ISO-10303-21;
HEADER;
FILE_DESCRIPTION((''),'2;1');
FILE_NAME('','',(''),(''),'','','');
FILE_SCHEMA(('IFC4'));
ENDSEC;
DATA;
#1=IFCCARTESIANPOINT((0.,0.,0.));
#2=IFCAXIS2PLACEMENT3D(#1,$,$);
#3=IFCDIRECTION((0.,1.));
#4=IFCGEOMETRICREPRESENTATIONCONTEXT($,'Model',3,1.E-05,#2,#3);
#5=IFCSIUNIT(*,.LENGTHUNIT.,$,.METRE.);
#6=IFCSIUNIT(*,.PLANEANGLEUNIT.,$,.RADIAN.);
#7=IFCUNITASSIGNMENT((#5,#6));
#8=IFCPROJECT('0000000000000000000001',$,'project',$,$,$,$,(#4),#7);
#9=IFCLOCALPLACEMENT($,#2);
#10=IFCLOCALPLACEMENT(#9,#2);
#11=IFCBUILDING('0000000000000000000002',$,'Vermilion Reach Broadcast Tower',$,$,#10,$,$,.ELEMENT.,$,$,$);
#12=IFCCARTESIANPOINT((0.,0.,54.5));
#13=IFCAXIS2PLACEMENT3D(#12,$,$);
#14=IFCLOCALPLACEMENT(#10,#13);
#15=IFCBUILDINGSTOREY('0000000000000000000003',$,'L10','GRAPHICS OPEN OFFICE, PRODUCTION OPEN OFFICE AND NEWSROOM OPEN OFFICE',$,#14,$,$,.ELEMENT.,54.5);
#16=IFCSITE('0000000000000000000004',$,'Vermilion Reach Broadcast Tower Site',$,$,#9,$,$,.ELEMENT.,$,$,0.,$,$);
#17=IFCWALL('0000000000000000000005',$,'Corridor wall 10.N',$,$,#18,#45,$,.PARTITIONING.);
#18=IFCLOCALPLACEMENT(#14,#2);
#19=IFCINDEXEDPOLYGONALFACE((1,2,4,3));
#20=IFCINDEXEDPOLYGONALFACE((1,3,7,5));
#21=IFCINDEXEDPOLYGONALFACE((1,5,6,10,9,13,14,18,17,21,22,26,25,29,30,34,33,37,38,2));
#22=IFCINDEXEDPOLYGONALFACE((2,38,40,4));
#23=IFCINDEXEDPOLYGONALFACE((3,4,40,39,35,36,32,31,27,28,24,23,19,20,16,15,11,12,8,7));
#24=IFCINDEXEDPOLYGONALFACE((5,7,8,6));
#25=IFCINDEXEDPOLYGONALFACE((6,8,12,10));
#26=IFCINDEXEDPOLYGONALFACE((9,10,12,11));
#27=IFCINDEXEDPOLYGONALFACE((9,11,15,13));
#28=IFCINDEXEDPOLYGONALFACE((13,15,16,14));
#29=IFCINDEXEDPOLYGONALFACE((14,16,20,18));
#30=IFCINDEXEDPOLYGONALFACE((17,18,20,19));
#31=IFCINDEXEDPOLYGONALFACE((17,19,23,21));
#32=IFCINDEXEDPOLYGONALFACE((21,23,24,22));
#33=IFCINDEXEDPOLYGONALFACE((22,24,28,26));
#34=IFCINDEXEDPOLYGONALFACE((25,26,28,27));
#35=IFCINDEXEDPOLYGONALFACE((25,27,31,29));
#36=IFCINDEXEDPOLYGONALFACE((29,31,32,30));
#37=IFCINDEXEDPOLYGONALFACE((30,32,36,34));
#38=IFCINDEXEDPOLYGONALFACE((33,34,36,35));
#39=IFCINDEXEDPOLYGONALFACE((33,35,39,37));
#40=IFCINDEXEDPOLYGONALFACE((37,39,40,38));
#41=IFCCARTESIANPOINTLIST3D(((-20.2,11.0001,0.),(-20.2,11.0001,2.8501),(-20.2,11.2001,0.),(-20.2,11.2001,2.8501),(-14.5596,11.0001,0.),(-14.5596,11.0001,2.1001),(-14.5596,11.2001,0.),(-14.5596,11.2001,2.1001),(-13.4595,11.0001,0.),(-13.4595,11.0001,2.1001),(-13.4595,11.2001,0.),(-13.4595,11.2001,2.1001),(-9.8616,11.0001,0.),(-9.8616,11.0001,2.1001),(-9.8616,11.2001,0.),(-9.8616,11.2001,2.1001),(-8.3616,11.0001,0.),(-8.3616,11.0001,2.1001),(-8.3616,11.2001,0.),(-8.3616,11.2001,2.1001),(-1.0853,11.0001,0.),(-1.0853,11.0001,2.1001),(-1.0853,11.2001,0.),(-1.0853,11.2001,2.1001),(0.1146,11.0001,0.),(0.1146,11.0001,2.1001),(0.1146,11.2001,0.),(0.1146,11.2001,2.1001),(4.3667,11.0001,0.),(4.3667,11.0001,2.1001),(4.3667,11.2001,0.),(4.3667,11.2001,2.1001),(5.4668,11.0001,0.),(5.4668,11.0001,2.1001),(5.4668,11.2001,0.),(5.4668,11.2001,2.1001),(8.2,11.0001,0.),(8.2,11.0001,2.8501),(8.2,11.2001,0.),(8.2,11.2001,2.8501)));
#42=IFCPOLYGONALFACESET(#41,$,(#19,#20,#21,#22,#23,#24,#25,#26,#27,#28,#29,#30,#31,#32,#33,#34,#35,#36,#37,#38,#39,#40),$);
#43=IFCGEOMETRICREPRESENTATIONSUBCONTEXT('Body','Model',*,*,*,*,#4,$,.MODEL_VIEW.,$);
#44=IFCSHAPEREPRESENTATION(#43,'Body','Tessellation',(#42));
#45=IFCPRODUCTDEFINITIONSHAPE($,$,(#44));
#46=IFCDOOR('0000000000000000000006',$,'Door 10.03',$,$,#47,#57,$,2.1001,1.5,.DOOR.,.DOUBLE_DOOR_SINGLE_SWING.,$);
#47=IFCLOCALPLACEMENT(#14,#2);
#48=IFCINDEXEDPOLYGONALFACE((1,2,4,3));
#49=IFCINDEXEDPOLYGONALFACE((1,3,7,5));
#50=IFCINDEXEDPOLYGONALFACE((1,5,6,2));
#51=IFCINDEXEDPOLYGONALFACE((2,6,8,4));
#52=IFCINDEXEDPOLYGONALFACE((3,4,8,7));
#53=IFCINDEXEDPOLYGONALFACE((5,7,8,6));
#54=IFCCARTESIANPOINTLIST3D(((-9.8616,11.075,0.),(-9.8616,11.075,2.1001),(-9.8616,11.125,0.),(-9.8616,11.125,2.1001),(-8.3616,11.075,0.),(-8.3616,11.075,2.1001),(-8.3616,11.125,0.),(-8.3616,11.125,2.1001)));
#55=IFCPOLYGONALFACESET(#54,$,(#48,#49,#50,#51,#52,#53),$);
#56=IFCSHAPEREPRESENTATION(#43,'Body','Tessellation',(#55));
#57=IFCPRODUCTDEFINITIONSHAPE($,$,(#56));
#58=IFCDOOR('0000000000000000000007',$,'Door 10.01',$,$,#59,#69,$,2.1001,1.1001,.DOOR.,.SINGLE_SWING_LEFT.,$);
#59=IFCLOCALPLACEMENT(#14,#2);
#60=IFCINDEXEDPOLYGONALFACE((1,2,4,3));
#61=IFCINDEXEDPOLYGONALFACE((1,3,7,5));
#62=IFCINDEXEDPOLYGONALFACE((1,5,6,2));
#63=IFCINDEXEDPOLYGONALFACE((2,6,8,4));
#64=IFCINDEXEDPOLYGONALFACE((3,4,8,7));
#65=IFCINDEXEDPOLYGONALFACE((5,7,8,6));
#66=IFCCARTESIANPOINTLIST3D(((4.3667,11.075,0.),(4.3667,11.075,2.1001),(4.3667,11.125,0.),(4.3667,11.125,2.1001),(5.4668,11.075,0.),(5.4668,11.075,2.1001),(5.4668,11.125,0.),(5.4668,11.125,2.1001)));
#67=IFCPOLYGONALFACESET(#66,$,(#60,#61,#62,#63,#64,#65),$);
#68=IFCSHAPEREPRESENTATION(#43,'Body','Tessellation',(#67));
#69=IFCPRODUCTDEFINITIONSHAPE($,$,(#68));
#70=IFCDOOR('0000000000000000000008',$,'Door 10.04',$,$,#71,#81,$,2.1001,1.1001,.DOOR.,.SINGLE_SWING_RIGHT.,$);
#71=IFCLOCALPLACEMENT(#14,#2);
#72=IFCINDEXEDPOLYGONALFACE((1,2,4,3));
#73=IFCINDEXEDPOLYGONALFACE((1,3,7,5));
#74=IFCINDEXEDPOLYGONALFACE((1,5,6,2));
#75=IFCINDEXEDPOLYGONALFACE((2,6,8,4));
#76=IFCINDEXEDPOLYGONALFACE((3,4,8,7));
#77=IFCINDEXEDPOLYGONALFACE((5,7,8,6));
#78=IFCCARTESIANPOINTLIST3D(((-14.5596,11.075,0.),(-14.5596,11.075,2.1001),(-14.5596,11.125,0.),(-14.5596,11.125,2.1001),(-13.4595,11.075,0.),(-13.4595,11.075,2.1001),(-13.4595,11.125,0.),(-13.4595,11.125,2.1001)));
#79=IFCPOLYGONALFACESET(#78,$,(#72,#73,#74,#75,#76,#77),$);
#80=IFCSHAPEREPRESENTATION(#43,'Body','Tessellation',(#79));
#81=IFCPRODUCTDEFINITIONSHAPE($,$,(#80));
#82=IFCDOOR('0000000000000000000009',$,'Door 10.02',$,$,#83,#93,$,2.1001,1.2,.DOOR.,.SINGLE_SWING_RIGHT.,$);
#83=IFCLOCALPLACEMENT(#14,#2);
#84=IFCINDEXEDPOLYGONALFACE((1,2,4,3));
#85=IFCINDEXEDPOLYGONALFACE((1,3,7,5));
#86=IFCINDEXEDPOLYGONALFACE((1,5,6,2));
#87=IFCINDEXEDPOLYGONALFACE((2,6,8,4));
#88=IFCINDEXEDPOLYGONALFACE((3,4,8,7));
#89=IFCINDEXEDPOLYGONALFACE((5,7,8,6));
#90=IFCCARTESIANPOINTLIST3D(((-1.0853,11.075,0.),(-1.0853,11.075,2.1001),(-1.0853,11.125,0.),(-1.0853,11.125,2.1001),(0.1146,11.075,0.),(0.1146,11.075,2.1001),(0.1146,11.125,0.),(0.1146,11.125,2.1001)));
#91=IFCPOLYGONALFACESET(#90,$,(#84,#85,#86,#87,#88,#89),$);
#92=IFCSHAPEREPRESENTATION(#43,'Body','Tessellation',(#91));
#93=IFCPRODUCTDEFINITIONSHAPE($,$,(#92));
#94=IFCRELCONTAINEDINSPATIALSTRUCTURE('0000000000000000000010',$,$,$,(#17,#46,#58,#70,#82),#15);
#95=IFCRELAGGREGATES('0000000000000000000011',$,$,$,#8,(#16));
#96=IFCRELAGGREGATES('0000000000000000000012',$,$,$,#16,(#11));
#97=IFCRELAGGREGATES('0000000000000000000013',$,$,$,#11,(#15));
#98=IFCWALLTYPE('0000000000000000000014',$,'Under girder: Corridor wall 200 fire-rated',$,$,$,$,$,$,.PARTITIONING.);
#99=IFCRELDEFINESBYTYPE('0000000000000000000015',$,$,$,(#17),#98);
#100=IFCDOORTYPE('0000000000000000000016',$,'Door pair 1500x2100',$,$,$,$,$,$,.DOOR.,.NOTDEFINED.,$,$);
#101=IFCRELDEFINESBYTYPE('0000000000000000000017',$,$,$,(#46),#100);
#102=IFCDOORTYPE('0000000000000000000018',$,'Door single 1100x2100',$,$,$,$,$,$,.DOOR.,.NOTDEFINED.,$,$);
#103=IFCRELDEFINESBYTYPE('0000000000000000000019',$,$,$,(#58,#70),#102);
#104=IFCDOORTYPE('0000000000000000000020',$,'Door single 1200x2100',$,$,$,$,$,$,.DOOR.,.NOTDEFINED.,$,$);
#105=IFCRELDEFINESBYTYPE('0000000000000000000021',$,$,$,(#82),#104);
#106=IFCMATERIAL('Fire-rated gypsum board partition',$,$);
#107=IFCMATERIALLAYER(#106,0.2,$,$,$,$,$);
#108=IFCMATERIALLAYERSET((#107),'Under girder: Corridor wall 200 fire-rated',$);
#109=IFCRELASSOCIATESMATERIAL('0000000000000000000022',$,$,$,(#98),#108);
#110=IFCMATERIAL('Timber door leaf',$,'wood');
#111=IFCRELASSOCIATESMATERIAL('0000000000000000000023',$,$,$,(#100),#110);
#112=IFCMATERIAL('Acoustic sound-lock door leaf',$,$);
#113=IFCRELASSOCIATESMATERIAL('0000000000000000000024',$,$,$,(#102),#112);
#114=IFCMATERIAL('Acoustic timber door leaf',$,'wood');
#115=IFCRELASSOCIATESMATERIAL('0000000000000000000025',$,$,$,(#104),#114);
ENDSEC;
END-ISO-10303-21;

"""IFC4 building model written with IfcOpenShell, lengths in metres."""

from ifc_helpers import new_model, si_unit, direction, frame, frame_2d, origin, place, context, subcontext, project, spatial, rectangle, extrude, material, layer, layer_set, type_object, element, fill, save


model = new_model("IFC4")

# Units and contexts
model_context = context("Model", 3, precision=1e-05, world=origin(), true_north=direction((0.0, 1.0)))
body_context = subcontext(model_context, "Body", "Model", "MODEL_VIEW")
ifc_project = project(units=[si_unit("LENGTHUNIT", "METRE"), si_unit("PLANEANGLEUNIT", "RADIAN")], contexts=[model_context])

# Site, building, storey
site_placement = place(None, origin())
site = spatial("IfcSite", under=ifc_project, at=site_placement, Name="Vermilion Reach Broadcast Tower Site", CompositionType="ELEMENT", RefElevation=0.0)
building_placement = place(site_placement, origin())
building = spatial("IfcBuilding", under=site, at=building_placement, Name="Vermilion Reach Broadcast Tower", CompositionType="ELEMENT")
storey_placement = place(building_placement, frame((0.0, 0.0, 54.5)))
storey = spatial("IfcBuildingStorey", under=building, at=storey_placement, Name="L10", Description="GRAPHICS OPEN OFFICE, PRODUCTION OPEN OFFICE AND NEWSROOM OPEN OFFICE", CompositionType="ELEMENT", Elevation=54.5)

# Wall, openings, doors
ifc_material_1 = material(Name="Fire-rated gypsum board partition")
ifc_layer_1 = layer(ifc_material_1, 0.2)
ifc_layer_set_1 = layer_set([ifc_layer_1], Name="Under girder: Corridor wall 200 fire-rated")
wall_type_1 = type_object("IfcWallType", Name="Under girder: Corridor wall 200 fire-rated", PredefinedType="PARTITIONING", material=ifc_layer_set_1)
wall_1_placement = place(storey_placement, frame((-20.2, 11.1001, 0.0), z_axis=(0.0, 0.0, 1.0), x_axis=(1.0, 0.0, 0.0)))
wall_1 = element("IfcWall", 1, at=wall_1_placement, inside=storey, type_object=wall_type_1, Name="Corridor wall 10.N", PredefinedType="PARTITIONING", context=body_context, shape_type="SweptSolid", body=[
    extrude(rectangle(XDim=28.3999, YDim=0.2, at=frame_2d((14.2, 0.0))), origin(), (0.0, 0.0, 1.0), 2.8501),
])
opening_1_placement = place(wall_1_placement, frame((24.5667, 0.0, 0.0)))
opening_1 = element("IfcOpeningElement", 2, at=opening_1_placement, cuts=wall_1, PredefinedType="OPENING", context=body_context, shape_type="SweptSolid", body=[
    extrude(rectangle(XDim=1.1001, YDim=2.1001, at=frame_2d((0.55, 1.05))), frame((0.0, 0.1099, 0.0), z_axis=(0.0, -1.0, 0.0), x_axis=(1.0, 0.0, 0.0)), (0.0, 0.0, 1.0), 0.22),
])
opening_2_placement = place(wall_1_placement, frame((19.1145, 0.0, 0.0)))
opening_2 = element("IfcOpeningElement", 3, at=opening_2_placement, cuts=wall_1, PredefinedType="OPENING", context=body_context, shape_type="SweptSolid", body=[
    extrude(rectangle(XDim=1.2, YDim=2.1001, at=frame_2d((0.6001, 1.05))), frame((0.0, 0.1099, 0.0), z_axis=(0.0, -1.0, 0.0), x_axis=(1.0, 0.0, 0.0)), (0.0, 0.0, 1.0), 0.22),
])
opening_3_placement = place(wall_1_placement, frame((10.3384, 0.0, 0.0)))
opening_3 = element("IfcOpeningElement", 4, at=opening_3_placement, cuts=wall_1, PredefinedType="OPENING", context=body_context, shape_type="SweptSolid", body=[
    extrude(rectangle(XDim=1.5, YDim=2.1001, at=frame_2d((0.75, 1.05))), frame((0.0, 0.1099, 0.0), z_axis=(0.0, -1.0, 0.0), x_axis=(1.0, 0.0, 0.0)), (0.0, 0.0, 1.0), 0.22),
])
opening_4_placement = place(wall_1_placement, frame((5.6404, 0.0, 0.0)))
opening_4 = element("IfcOpeningElement", 5, at=opening_4_placement, cuts=wall_1, PredefinedType="OPENING", context=body_context, shape_type="SweptSolid", body=[
    extrude(rectangle(XDim=1.1001, YDim=2.1001, at=frame_2d((0.55, 1.05))), frame((0.0, 0.1099, 0.0), z_axis=(0.0, -1.0, 0.0), x_axis=(1.0, 0.0, 0.0)), (0.0, 0.0, 1.0), 0.22),
])
ifc_material_2 = material(Name="Timber door leaf", Category="wood")
door_type_1 = type_object("IfcDoorType", Name="Door pair 1500x2100", OperationType="NOTDEFINED", PredefinedType="DOOR", material=ifc_material_2)
door_1_placement = place(opening_3_placement, origin())
door_1 = element("IfcDoor", 6, at=door_1_placement, inside=storey, type_object=door_type_1, Name="Door 10.03", OperationType="DOUBLE_DOOR_SINGLE_SWING", OverallHeight=2.1001, OverallWidth=1.5, PredefinedType="DOOR", context=body_context, shape_type="SweptSolid", body=[
    extrude(rectangle(XDim=1.5, YDim=2.1001, at=frame_2d((0.75, 1.05))), frame((0.0, 0.0249, 0.0), z_axis=(0.0, -1.0, 0.0), x_axis=(1.0, 0.0, 0.0)), (0.0, 0.0, 1.0), 0.05),
])
fill(opening_3, door_1)
ifc_material_3 = material(Name="Acoustic sound-lock door leaf")
door_type_2 = type_object("IfcDoorType", Name="Door single 1100x2100", OperationType="NOTDEFINED", PredefinedType="DOOR", material=ifc_material_3)
door_2_placement = place(opening_1_placement, origin())
door_2 = element("IfcDoor", 7, at=door_2_placement, inside=storey, type_object=door_type_2, Name="Door 10.01", OperationType="SINGLE_SWING_LEFT", OverallHeight=2.1001, OverallWidth=1.1001, PredefinedType="DOOR", context=body_context, shape_type="SweptSolid", body=[
    extrude(rectangle(XDim=1.1001, YDim=2.1001, at=frame_2d((0.55, 1.05))), frame((0.0, 0.0249, 0.0), z_axis=(0.0, -1.0, 0.0), x_axis=(1.0, 0.0, 0.0)), (0.0, 0.0, 1.0), 0.05),
])
fill(opening_1, door_2)
door_3_placement = place(opening_4_placement, origin())
door_3 = element("IfcDoor", 8, at=door_3_placement, inside=storey, type_object=door_type_2, Name="Door 10.04", OperationType="SINGLE_SWING_RIGHT", OverallHeight=2.1001, OverallWidth=1.1001, PredefinedType="DOOR", context=body_context, shape_type="SweptSolid", body=[
    extrude(rectangle(XDim=1.1001, YDim=2.1001, at=frame_2d((0.55, 1.05))), frame((0.0, 0.0249, 0.0), z_axis=(0.0, -1.0, 0.0), x_axis=(1.0, 0.0, 0.0)), (0.0, 0.0, 1.0), 0.05),
])
fill(opening_4, door_3)
ifc_material_4 = material(Name="Acoustic timber door leaf", Category="wood")
door_type_3 = type_object("IfcDoorType", Name="Door single 1200x2100", OperationType="NOTDEFINED", PredefinedType="DOOR", material=ifc_material_4)
door_4_placement = place(opening_2_placement, origin())
door_4 = element("IfcDoor", 9, at=door_4_placement, inside=storey, type_object=door_type_3, Name="Door 10.02", OperationType="SINGLE_SWING_RIGHT", OverallHeight=2.1001, OverallWidth=1.2, PredefinedType="DOOR", context=body_context, shape_type="SweptSolid", body=[
    extrude(rectangle(XDim=1.2, YDim=2.1001, at=frame_2d((0.6001, 1.05))), frame((0.0, 0.0249, 0.0), z_axis=(0.0, -1.0, 0.0), x_axis=(1.0, 0.0, 0.0)), (0.0, 0.0, 1.0), 0.05),
])
fill(opening_2, door_4)

save(model, "model.ifc")
